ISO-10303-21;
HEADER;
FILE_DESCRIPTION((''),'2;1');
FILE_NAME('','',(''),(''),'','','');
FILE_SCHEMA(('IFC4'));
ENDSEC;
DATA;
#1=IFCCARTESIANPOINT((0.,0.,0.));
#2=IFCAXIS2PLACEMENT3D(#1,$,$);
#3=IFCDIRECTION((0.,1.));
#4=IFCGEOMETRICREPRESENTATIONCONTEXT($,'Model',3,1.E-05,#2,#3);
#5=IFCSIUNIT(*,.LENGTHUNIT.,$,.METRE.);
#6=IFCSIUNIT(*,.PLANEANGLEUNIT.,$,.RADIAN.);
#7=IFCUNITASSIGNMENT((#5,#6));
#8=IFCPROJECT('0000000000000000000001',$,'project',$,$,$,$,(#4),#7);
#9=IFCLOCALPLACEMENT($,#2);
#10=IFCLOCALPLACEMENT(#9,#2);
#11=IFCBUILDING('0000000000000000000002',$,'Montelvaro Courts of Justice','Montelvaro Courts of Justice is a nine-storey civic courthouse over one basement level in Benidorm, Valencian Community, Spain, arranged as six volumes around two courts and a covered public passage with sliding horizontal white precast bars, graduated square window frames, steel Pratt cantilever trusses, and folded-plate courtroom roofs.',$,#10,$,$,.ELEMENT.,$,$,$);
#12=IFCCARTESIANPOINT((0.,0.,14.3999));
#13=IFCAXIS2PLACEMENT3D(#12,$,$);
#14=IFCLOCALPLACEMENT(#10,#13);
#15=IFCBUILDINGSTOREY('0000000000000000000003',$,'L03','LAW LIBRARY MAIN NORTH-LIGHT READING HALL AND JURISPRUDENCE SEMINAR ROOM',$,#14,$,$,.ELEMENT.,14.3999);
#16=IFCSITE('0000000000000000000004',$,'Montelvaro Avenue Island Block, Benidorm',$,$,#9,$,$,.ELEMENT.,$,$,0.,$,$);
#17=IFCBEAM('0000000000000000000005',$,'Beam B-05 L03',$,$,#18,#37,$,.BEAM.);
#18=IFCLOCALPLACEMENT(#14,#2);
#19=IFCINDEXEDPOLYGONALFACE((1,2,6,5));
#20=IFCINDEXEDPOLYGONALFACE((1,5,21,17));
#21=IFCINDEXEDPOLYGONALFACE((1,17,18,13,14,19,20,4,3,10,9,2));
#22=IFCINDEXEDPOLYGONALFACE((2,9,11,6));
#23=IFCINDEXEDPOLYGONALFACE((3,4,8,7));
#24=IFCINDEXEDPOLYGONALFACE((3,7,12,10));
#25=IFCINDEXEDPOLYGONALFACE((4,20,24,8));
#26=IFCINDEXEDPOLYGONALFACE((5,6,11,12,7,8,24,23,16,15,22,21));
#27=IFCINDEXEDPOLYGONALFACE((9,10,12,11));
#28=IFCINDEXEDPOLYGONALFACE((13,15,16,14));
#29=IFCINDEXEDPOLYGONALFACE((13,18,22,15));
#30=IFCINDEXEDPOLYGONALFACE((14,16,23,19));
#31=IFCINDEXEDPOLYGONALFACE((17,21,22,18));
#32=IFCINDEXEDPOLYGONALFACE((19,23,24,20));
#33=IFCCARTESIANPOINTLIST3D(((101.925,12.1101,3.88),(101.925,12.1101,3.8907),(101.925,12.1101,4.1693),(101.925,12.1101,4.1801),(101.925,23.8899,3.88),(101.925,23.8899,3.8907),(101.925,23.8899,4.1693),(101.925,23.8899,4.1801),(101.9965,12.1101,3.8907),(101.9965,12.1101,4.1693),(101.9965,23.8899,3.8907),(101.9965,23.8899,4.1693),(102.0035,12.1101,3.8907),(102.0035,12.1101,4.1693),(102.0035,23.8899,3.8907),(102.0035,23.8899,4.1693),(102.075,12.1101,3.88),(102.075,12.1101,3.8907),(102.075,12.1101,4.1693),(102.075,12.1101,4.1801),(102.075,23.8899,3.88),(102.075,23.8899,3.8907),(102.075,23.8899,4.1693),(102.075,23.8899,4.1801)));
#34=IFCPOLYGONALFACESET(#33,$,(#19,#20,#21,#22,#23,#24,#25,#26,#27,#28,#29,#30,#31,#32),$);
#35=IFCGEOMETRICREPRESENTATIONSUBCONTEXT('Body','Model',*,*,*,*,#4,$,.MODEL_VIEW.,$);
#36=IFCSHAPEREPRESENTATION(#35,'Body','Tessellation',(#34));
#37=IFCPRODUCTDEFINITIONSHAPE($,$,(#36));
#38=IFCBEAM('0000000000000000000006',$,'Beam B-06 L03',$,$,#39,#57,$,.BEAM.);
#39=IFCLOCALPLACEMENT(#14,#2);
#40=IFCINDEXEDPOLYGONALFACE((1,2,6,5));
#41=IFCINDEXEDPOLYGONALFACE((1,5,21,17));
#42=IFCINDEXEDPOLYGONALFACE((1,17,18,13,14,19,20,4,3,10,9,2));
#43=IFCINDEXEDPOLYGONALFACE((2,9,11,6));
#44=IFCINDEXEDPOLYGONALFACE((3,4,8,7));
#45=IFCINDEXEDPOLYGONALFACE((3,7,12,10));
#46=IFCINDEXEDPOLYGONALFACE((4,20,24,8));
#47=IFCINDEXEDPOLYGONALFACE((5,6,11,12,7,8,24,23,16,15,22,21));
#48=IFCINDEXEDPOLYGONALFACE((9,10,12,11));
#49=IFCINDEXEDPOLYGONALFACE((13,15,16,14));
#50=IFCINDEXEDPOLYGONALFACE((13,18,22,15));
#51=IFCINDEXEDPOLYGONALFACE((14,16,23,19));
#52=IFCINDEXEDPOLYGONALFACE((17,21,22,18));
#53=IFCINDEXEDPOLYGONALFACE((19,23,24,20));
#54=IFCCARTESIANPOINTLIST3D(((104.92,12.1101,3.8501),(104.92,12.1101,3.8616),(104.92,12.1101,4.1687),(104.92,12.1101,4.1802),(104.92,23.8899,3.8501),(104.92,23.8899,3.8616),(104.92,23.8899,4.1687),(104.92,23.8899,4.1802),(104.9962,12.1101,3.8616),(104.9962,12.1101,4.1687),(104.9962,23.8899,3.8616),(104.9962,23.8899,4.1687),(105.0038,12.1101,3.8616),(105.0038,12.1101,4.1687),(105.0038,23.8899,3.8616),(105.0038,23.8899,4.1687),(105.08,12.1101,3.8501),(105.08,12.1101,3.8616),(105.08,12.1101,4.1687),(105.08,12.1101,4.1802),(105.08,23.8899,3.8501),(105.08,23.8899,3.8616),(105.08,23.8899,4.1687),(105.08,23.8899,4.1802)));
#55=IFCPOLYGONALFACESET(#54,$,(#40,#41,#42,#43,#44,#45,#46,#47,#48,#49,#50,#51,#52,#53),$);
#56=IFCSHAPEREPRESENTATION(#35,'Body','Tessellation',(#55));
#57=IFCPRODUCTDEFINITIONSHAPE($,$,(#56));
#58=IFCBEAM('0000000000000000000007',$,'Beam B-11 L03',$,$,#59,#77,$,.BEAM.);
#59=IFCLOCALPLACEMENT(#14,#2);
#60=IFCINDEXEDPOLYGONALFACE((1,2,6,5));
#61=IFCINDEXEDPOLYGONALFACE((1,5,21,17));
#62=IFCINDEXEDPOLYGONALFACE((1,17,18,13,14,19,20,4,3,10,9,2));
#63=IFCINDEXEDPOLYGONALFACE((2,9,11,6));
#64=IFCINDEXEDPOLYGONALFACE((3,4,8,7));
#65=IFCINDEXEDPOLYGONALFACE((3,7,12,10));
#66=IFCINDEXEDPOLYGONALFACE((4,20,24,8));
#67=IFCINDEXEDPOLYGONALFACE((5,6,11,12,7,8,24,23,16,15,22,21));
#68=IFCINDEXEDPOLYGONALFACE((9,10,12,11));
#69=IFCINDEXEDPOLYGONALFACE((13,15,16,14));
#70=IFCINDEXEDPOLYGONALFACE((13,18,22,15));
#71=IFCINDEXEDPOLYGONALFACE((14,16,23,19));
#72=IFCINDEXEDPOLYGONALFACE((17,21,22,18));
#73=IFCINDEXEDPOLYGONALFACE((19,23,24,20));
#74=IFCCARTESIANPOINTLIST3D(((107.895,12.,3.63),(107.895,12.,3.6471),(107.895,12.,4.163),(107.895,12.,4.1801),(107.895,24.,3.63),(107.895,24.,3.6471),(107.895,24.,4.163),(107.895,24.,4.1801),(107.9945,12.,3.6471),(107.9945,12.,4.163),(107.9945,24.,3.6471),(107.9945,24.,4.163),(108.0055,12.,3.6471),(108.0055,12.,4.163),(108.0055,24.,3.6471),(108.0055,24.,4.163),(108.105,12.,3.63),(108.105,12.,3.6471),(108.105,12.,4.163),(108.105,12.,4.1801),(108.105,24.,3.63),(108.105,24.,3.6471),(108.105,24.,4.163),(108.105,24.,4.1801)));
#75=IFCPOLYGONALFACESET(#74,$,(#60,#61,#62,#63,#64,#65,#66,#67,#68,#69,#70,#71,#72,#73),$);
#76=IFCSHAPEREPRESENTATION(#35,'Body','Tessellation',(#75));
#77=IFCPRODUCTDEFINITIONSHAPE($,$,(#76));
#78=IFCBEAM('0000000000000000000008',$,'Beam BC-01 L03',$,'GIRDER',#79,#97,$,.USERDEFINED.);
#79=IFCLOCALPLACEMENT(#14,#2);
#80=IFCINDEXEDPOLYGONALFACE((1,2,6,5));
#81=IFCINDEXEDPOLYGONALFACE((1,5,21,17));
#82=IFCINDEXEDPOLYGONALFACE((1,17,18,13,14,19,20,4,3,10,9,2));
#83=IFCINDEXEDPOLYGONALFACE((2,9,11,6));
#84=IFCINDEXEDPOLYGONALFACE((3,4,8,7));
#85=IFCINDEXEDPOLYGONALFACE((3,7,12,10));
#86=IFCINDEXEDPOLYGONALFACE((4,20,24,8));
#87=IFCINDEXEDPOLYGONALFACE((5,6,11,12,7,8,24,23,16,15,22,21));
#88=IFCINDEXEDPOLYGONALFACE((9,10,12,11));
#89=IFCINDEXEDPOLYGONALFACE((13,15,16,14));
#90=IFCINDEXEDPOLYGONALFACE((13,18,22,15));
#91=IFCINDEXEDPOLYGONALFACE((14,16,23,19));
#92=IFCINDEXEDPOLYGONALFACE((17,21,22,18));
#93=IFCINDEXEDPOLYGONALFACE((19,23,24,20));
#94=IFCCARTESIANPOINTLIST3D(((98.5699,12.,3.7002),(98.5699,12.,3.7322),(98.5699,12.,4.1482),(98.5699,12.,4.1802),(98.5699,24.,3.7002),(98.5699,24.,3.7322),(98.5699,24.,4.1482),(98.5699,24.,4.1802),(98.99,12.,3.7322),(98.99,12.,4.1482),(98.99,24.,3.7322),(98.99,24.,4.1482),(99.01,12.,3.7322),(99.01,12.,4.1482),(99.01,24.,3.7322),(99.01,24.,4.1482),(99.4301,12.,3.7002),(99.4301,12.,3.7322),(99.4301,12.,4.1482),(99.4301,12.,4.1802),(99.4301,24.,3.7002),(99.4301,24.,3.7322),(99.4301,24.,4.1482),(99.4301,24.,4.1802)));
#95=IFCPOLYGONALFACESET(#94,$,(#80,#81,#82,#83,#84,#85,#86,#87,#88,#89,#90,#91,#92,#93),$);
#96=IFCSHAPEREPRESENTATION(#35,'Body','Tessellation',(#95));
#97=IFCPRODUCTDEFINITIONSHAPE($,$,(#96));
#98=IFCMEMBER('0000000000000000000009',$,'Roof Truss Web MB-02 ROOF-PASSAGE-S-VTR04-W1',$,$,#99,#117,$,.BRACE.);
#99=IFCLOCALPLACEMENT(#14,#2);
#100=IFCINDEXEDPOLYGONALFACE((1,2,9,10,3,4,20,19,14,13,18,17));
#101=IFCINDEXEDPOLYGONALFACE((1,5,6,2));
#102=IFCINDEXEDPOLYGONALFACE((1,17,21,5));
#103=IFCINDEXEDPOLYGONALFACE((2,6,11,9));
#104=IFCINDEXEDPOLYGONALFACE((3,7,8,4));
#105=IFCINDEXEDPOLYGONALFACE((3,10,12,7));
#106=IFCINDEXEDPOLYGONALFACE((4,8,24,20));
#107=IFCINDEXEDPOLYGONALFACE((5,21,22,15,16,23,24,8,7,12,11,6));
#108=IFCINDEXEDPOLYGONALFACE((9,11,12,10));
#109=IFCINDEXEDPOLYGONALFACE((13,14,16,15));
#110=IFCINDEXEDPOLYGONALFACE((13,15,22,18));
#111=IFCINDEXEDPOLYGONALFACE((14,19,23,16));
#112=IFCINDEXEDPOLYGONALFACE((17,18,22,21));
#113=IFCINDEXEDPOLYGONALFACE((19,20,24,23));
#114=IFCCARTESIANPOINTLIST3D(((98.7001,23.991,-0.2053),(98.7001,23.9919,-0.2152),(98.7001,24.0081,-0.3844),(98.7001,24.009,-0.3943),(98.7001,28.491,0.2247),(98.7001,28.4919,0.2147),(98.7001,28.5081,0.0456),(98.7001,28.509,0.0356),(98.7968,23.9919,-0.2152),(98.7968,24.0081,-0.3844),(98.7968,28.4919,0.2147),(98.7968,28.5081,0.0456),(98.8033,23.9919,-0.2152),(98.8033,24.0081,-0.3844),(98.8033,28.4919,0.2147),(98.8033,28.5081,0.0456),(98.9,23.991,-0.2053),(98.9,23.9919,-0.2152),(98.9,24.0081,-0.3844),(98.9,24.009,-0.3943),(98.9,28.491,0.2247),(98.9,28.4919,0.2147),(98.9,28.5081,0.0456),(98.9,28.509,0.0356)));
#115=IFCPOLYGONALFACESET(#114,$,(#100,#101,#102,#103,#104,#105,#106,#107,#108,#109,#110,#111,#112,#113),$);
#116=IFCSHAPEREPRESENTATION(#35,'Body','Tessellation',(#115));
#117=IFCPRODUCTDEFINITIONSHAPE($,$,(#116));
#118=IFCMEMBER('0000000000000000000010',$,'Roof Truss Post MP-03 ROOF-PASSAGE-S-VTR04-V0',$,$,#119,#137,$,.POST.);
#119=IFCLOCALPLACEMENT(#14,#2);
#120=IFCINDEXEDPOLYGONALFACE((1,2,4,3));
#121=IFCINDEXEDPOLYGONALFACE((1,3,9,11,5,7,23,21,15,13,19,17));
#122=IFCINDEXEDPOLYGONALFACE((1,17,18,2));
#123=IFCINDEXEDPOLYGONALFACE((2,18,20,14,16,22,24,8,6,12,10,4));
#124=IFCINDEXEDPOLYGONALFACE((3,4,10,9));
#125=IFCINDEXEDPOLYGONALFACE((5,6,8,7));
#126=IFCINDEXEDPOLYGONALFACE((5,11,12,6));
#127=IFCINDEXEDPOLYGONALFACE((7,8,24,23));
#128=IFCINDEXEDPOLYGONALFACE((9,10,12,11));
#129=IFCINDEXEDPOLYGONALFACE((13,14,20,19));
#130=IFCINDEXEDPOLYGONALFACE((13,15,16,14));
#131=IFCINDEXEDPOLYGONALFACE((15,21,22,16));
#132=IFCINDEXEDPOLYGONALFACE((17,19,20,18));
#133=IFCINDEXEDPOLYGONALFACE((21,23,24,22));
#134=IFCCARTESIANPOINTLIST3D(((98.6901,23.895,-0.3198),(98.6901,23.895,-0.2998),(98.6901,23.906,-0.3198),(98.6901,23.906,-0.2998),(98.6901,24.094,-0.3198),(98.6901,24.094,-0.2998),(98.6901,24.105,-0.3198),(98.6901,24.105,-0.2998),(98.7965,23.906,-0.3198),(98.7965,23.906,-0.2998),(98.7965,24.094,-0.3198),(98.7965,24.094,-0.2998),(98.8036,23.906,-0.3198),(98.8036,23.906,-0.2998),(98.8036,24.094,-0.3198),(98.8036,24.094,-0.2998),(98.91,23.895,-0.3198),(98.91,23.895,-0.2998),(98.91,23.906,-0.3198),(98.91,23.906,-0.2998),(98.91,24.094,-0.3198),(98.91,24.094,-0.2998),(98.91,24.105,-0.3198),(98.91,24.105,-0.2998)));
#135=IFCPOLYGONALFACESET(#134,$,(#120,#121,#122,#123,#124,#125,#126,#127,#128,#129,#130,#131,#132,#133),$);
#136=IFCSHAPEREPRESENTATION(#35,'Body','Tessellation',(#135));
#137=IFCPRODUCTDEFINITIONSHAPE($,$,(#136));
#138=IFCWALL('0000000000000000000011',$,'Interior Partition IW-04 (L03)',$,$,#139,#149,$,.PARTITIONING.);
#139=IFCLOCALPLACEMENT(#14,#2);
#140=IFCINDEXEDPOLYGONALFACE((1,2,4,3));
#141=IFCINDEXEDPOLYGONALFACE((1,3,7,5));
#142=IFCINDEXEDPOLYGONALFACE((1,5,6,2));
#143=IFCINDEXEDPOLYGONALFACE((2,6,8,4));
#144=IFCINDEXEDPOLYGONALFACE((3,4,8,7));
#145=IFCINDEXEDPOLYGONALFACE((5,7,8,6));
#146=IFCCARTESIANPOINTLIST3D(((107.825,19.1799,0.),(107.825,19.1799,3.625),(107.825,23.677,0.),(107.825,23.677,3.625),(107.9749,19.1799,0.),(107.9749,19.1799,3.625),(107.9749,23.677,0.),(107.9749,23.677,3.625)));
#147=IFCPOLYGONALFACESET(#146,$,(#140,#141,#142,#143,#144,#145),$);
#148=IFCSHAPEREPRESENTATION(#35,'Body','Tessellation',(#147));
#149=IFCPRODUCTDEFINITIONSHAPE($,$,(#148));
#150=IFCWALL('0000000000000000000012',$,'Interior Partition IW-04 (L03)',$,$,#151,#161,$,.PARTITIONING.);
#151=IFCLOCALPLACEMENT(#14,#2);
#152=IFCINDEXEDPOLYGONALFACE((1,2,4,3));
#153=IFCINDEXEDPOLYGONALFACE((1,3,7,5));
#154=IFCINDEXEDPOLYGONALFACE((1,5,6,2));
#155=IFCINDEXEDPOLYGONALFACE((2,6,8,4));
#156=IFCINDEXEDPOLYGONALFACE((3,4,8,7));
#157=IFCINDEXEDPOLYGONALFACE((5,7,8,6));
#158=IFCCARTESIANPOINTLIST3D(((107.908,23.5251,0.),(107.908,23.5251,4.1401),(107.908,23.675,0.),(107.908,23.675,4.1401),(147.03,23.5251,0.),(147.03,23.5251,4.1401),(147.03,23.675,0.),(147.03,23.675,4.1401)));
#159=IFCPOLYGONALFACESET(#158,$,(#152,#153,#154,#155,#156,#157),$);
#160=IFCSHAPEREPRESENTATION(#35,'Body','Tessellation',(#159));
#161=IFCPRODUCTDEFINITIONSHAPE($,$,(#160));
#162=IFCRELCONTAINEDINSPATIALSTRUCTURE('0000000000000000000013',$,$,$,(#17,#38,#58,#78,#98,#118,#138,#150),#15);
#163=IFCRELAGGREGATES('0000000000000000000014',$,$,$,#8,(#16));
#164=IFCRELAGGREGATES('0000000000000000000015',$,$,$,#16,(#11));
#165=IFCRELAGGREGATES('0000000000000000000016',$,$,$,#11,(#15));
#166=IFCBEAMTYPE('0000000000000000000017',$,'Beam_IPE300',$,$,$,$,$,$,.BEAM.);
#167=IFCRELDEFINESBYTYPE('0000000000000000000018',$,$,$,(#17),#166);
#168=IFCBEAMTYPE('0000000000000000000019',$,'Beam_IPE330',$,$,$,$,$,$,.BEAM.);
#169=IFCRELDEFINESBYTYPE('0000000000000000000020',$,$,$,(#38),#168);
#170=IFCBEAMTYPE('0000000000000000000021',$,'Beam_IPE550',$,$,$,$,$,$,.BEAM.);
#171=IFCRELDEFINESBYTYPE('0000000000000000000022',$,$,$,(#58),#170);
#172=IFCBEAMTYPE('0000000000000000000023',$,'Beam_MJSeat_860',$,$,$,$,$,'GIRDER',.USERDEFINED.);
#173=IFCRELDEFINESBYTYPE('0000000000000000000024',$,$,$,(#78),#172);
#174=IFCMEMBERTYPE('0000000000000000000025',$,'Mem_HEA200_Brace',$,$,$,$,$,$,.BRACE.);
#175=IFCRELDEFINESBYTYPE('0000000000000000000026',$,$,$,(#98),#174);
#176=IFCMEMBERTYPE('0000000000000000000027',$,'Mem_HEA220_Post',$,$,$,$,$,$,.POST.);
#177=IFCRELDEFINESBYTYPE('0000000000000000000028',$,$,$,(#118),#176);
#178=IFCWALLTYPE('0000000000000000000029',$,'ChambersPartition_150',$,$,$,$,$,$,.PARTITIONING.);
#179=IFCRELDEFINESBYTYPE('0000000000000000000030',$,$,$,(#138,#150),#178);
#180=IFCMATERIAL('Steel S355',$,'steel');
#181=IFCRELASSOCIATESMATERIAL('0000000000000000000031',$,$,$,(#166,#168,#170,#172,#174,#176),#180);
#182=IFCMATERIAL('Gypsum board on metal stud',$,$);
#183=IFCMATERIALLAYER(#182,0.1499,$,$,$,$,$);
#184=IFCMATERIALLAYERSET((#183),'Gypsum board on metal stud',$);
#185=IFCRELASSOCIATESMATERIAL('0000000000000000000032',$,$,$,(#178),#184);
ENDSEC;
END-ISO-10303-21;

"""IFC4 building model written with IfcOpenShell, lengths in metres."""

from ifc_helpers import new_model, si_unit, direction, frame, frame_2d, origin, origin_2d, place, context, subcontext, project, spatial, rectangle, i_section, extrude, material, layer, layer_set, material_profile, profile_set, type_object, element, save


model = new_model("IFC4")

# Units and contexts
model_context = context("Model", 3, precision=1e-05, world=origin(), true_north=direction((0.0, 1.0)))
body_context = subcontext(model_context, "Body", "Model", "MODEL_VIEW")
ifc_project = project(units=[si_unit("LENGTHUNIT", "METRE"), si_unit("PLANEANGLEUNIT", "RADIAN")], contexts=[model_context])

# Site, building, storey
site_placement = place(None, origin())
site = spatial("IfcSite", under=ifc_project, at=site_placement, Name="Montelvaro Avenue Island Block, Benidorm", CompositionType="ELEMENT", RefElevation=0.0)
building_placement = place(site_placement, origin())
building = spatial("IfcBuilding", under=site, at=building_placement, Name="Montelvaro Courts of Justice", Description="Montelvaro Courts of Justice is a nine-storey civic courthouse over one basement level in Benidorm, Valencian Community, Spain, arranged as six volumes around two courts and a covered public passage with sliding horizontal white precast bars, graduated square window frames, steel Pratt cantilever trusses, and folded-plate courtroom roofs.", CompositionType="ELEMENT")
storey_placement = place(building_placement, frame((0.0, 0.0, 14.3999)))
storey = spatial("IfcBuildingStorey", under=building, at=storey_placement, Name="L03", Description="LAW LIBRARY MAIN NORTH-LIGHT READING HALL AND JURISPRUDENCE SEMINAR ROOM", CompositionType="ELEMENT", Elevation=14.3999)

# Shared definitions
ifc_material_1 = material(Name="Steel S355", Category="steel")

# Beams
ifc_material_profile_1 = material_profile(ifc_material_1, i_section(OverallWidth=0.1499, OverallDepth=0.3, WebThickness=0.0071, FlangeThickness=0.0107, at=origin_2d()), Name="IPE 300")
ifc_profile_set_1 = profile_set([ifc_material_profile_1], Name="Steel S355")
beam_type_1 = type_object("IfcBeamType", Name="Beam_IPE300", PredefinedType="BEAM", material=ifc_profile_set_1)
beam_1_placement = place(storey_placement, frame((102.0, 12.1101, 4.03), z_axis=(0.0, 1.0, 0.0), x_axis=(-1.0, 0.0, 0.0)))
element("IfcBeam", 1, at=beam_1_placement, inside=storey, type_object=beam_type_1, Name="Beam B-05 L03", PredefinedType="BEAM", context=body_context, shape_type="SweptSolid", body=[
    extrude(i_section(OverallWidth=0.1499, OverallDepth=0.3, WebThickness=0.0071, FlangeThickness=0.0107, at=origin_2d()), origin(), (0.0, 0.0, 1.0), 11.7798),
])
ifc_material_profile_2 = material_profile(ifc_material_1, i_section(OverallWidth=0.1599, OverallDepth=0.3301, WebThickness=0.0076, FlangeThickness=0.0115, at=origin_2d()), Name="IPE 330")
ifc_profile_set_2 = profile_set([ifc_material_profile_2], Name="Steel S355")
beam_type_2 = type_object("IfcBeamType", Name="Beam_IPE330", PredefinedType="BEAM", material=ifc_profile_set_2)
beam_2_placement = place(storey_placement, frame((105.0, 12.1101, 4.0151), z_axis=(0.0, 1.0, 0.0), x_axis=(-1.0, 0.0, 0.0)))
element("IfcBeam", 2, at=beam_2_placement, inside=storey, type_object=beam_type_2, Name="Beam B-06 L03", PredefinedType="BEAM", context=body_context, shape_type="SweptSolid", body=[
    extrude(i_section(OverallWidth=0.1599, OverallDepth=0.3301, WebThickness=0.0076, FlangeThickness=0.0115, at=origin_2d()), origin(), (0.0, 0.0, 1.0), 11.7798),
])
ifc_material_profile_3 = material_profile(ifc_material_1, i_section(OverallWidth=0.21, OverallDepth=0.55, WebThickness=0.011, FlangeThickness=0.0171, at=origin_2d()), Name="IPE 550")
ifc_profile_set_3 = profile_set([ifc_material_profile_3], Name="Steel S355")
beam_type_3 = type_object("IfcBeamType", Name="Beam_IPE550", PredefinedType="BEAM", material=ifc_profile_set_3)
beam_3_placement = place(storey_placement, frame((108.0, 12.0, 3.905), z_axis=(0.0, 1.0, 0.0), x_axis=(-1.0, 0.0, 0.0)))
element("IfcBeam", 3, at=beam_3_placement, inside=storey, type_object=beam_type_3, Name="Beam B-11 L03", PredefinedType="BEAM", context=body_context, shape_type="SweptSolid", body=[
    extrude(i_section(OverallWidth=0.21, OverallDepth=0.55, WebThickness=0.011, FlangeThickness=0.0171, at=origin_2d()), origin(), (0.0, 0.0, 1.0), 12.0),
])
ifc_material_profile_4 = material_profile(ifc_material_1, i_section(OverallWidth=0.8601, OverallDepth=0.48, WebThickness=0.02, FlangeThickness=0.032, at=origin_2d()), Name="HL 480x860")
ifc_profile_set_4 = profile_set([ifc_material_profile_4], Name="Steel S355")
beam_type_4 = type_object("IfcBeamType", Name="Beam_MJSeat_860", ElementType="GIRDER", PredefinedType="USERDEFINED", material=ifc_profile_set_4)
beam_4_placement = place(storey_placement, frame((99.0, 12.0, 3.9402), z_axis=(0.0, 1.0, 0.0), x_axis=(-1.0, 0.0, 0.0)))
element("IfcBeam", 4, at=beam_4_placement, inside=storey, type_object=beam_type_4, Name="Beam BC-01 L03", ObjectType="GIRDER", PredefinedType="USERDEFINED", context=body_context, shape_type="SweptSolid", body=[
    extrude(i_section(OverallWidth=0.8601, OverallDepth=0.48, WebThickness=0.02, FlangeThickness=0.032, at=origin_2d()), origin(), (0.0, 0.0, 1.0), 12.0),
])

# Members
ifc_material_profile_5 = material_profile(ifc_material_1, i_section(OverallWidth=0.2, OverallDepth=0.1899, WebThickness=0.0066, FlangeThickness=0.01, at=origin_2d()), Name="HEA 200")
ifc_profile_set_5 = profile_set([ifc_material_profile_5], Name="Steel S355")
member_type_1 = type_object("IfcMemberType", Name="Mem_HEA200_Brace", PredefinedType="BRACE", material=ifc_profile_set_5)
member_1_placement = place(storey_placement, frame((98.8, 24.0, -0.2998), z_axis=(0.0, 0.995467, 0.095107), x_axis=(-1.0, 0.0, 0.0)))
element("IfcMember", 5, at=member_1_placement, inside=storey, type_object=member_type_1, Name="Roof Truss Web MB-02 ROOF-PASSAGE-S-VTR04-W1", PredefinedType="BRACE", context=body_context, shape_type="SweptSolid", body=[
    extrude(i_section(OverallWidth=0.2, OverallDepth=0.1899, WebThickness=0.0066, FlangeThickness=0.01, at=origin_2d()), origin(), (0.0, 0.0, 1.0), 4.5205),
])
ifc_material_profile_6 = material_profile(ifc_material_1, i_section(OverallWidth=0.22, OverallDepth=0.21, WebThickness=0.0071, FlangeThickness=0.011, at=origin_2d()), Name="HEA 220")
ifc_profile_set_6 = profile_set([ifc_material_profile_6], Name="Steel S355")
member_type_2 = type_object("IfcMemberType", Name="Mem_HEA220_Post", PredefinedType="POST", material=ifc_profile_set_6)
member_2_placement = place(storey_placement, frame((98.8, 24.0, -0.2998), z_axis=(0.0, 0.0, -1.0), x_axis=(1.0, 0.0, 0.0)))
element("IfcMember", 6, at=member_2_placement, inside=storey, type_object=member_type_2, Name="Roof Truss Post MP-03 ROOF-PASSAGE-S-VTR04-V0", PredefinedType="POST", context=body_context, shape_type="SweptSolid", body=[
    extrude(i_section(OverallWidth=0.22, OverallDepth=0.21, WebThickness=0.0071, FlangeThickness=0.011, at=origin_2d()), origin(), (0.0, 0.0, 1.0), 0.02),
])

# Walls
ifc_material_2 = material(Name="Gypsum board on metal stud")
ifc_layer_1 = layer(ifc_material_2, 0.1499)
ifc_layer_set_1 = layer_set([ifc_layer_1], Name="Gypsum board on metal stud")
wall_type_1 = type_object("IfcWallType", Name="ChambersPartition_150", PredefinedType="PARTITIONING", material=ifc_layer_set_1)
wall_1_placement = place(storey_placement, frame((107.8999, 19.1799, 0.0), z_axis=(0.0, 0.0, 1.0), x_axis=(0.0, 1.0, 0.0)))
element("IfcWall", 7, at=wall_1_placement, inside=storey, type_object=wall_type_1, Name="Interior Partition IW-04 (L03)", PredefinedType="PARTITIONING", context=body_context, shape_type="SweptSolid", body=[
    extrude(rectangle(XDim=4.4971, YDim=0.1499, at=frame_2d((2.2485, 0.0))), origin(), (0.0, 0.0, 1.0), 3.625),
])
wall_2_placement = place(storey_placement, frame((107.908, 23.6001, 0.0), z_axis=(0.0, 0.0, 1.0), x_axis=(1.0, 0.0, 0.0)))
element("IfcWall", 8, at=wall_2_placement, inside=storey, type_object=wall_type_1, Name="Interior Partition IW-04 (L03)", PredefinedType="PARTITIONING", context=body_context, shape_type="SweptSolid", body=[
    extrude(rectangle(XDim=39.1221, YDim=0.1499, at=frame_2d((19.561, 0.0))), origin(), (0.0, 0.0, 1.0), 4.1401),
])

save(model, "model.ifc")
